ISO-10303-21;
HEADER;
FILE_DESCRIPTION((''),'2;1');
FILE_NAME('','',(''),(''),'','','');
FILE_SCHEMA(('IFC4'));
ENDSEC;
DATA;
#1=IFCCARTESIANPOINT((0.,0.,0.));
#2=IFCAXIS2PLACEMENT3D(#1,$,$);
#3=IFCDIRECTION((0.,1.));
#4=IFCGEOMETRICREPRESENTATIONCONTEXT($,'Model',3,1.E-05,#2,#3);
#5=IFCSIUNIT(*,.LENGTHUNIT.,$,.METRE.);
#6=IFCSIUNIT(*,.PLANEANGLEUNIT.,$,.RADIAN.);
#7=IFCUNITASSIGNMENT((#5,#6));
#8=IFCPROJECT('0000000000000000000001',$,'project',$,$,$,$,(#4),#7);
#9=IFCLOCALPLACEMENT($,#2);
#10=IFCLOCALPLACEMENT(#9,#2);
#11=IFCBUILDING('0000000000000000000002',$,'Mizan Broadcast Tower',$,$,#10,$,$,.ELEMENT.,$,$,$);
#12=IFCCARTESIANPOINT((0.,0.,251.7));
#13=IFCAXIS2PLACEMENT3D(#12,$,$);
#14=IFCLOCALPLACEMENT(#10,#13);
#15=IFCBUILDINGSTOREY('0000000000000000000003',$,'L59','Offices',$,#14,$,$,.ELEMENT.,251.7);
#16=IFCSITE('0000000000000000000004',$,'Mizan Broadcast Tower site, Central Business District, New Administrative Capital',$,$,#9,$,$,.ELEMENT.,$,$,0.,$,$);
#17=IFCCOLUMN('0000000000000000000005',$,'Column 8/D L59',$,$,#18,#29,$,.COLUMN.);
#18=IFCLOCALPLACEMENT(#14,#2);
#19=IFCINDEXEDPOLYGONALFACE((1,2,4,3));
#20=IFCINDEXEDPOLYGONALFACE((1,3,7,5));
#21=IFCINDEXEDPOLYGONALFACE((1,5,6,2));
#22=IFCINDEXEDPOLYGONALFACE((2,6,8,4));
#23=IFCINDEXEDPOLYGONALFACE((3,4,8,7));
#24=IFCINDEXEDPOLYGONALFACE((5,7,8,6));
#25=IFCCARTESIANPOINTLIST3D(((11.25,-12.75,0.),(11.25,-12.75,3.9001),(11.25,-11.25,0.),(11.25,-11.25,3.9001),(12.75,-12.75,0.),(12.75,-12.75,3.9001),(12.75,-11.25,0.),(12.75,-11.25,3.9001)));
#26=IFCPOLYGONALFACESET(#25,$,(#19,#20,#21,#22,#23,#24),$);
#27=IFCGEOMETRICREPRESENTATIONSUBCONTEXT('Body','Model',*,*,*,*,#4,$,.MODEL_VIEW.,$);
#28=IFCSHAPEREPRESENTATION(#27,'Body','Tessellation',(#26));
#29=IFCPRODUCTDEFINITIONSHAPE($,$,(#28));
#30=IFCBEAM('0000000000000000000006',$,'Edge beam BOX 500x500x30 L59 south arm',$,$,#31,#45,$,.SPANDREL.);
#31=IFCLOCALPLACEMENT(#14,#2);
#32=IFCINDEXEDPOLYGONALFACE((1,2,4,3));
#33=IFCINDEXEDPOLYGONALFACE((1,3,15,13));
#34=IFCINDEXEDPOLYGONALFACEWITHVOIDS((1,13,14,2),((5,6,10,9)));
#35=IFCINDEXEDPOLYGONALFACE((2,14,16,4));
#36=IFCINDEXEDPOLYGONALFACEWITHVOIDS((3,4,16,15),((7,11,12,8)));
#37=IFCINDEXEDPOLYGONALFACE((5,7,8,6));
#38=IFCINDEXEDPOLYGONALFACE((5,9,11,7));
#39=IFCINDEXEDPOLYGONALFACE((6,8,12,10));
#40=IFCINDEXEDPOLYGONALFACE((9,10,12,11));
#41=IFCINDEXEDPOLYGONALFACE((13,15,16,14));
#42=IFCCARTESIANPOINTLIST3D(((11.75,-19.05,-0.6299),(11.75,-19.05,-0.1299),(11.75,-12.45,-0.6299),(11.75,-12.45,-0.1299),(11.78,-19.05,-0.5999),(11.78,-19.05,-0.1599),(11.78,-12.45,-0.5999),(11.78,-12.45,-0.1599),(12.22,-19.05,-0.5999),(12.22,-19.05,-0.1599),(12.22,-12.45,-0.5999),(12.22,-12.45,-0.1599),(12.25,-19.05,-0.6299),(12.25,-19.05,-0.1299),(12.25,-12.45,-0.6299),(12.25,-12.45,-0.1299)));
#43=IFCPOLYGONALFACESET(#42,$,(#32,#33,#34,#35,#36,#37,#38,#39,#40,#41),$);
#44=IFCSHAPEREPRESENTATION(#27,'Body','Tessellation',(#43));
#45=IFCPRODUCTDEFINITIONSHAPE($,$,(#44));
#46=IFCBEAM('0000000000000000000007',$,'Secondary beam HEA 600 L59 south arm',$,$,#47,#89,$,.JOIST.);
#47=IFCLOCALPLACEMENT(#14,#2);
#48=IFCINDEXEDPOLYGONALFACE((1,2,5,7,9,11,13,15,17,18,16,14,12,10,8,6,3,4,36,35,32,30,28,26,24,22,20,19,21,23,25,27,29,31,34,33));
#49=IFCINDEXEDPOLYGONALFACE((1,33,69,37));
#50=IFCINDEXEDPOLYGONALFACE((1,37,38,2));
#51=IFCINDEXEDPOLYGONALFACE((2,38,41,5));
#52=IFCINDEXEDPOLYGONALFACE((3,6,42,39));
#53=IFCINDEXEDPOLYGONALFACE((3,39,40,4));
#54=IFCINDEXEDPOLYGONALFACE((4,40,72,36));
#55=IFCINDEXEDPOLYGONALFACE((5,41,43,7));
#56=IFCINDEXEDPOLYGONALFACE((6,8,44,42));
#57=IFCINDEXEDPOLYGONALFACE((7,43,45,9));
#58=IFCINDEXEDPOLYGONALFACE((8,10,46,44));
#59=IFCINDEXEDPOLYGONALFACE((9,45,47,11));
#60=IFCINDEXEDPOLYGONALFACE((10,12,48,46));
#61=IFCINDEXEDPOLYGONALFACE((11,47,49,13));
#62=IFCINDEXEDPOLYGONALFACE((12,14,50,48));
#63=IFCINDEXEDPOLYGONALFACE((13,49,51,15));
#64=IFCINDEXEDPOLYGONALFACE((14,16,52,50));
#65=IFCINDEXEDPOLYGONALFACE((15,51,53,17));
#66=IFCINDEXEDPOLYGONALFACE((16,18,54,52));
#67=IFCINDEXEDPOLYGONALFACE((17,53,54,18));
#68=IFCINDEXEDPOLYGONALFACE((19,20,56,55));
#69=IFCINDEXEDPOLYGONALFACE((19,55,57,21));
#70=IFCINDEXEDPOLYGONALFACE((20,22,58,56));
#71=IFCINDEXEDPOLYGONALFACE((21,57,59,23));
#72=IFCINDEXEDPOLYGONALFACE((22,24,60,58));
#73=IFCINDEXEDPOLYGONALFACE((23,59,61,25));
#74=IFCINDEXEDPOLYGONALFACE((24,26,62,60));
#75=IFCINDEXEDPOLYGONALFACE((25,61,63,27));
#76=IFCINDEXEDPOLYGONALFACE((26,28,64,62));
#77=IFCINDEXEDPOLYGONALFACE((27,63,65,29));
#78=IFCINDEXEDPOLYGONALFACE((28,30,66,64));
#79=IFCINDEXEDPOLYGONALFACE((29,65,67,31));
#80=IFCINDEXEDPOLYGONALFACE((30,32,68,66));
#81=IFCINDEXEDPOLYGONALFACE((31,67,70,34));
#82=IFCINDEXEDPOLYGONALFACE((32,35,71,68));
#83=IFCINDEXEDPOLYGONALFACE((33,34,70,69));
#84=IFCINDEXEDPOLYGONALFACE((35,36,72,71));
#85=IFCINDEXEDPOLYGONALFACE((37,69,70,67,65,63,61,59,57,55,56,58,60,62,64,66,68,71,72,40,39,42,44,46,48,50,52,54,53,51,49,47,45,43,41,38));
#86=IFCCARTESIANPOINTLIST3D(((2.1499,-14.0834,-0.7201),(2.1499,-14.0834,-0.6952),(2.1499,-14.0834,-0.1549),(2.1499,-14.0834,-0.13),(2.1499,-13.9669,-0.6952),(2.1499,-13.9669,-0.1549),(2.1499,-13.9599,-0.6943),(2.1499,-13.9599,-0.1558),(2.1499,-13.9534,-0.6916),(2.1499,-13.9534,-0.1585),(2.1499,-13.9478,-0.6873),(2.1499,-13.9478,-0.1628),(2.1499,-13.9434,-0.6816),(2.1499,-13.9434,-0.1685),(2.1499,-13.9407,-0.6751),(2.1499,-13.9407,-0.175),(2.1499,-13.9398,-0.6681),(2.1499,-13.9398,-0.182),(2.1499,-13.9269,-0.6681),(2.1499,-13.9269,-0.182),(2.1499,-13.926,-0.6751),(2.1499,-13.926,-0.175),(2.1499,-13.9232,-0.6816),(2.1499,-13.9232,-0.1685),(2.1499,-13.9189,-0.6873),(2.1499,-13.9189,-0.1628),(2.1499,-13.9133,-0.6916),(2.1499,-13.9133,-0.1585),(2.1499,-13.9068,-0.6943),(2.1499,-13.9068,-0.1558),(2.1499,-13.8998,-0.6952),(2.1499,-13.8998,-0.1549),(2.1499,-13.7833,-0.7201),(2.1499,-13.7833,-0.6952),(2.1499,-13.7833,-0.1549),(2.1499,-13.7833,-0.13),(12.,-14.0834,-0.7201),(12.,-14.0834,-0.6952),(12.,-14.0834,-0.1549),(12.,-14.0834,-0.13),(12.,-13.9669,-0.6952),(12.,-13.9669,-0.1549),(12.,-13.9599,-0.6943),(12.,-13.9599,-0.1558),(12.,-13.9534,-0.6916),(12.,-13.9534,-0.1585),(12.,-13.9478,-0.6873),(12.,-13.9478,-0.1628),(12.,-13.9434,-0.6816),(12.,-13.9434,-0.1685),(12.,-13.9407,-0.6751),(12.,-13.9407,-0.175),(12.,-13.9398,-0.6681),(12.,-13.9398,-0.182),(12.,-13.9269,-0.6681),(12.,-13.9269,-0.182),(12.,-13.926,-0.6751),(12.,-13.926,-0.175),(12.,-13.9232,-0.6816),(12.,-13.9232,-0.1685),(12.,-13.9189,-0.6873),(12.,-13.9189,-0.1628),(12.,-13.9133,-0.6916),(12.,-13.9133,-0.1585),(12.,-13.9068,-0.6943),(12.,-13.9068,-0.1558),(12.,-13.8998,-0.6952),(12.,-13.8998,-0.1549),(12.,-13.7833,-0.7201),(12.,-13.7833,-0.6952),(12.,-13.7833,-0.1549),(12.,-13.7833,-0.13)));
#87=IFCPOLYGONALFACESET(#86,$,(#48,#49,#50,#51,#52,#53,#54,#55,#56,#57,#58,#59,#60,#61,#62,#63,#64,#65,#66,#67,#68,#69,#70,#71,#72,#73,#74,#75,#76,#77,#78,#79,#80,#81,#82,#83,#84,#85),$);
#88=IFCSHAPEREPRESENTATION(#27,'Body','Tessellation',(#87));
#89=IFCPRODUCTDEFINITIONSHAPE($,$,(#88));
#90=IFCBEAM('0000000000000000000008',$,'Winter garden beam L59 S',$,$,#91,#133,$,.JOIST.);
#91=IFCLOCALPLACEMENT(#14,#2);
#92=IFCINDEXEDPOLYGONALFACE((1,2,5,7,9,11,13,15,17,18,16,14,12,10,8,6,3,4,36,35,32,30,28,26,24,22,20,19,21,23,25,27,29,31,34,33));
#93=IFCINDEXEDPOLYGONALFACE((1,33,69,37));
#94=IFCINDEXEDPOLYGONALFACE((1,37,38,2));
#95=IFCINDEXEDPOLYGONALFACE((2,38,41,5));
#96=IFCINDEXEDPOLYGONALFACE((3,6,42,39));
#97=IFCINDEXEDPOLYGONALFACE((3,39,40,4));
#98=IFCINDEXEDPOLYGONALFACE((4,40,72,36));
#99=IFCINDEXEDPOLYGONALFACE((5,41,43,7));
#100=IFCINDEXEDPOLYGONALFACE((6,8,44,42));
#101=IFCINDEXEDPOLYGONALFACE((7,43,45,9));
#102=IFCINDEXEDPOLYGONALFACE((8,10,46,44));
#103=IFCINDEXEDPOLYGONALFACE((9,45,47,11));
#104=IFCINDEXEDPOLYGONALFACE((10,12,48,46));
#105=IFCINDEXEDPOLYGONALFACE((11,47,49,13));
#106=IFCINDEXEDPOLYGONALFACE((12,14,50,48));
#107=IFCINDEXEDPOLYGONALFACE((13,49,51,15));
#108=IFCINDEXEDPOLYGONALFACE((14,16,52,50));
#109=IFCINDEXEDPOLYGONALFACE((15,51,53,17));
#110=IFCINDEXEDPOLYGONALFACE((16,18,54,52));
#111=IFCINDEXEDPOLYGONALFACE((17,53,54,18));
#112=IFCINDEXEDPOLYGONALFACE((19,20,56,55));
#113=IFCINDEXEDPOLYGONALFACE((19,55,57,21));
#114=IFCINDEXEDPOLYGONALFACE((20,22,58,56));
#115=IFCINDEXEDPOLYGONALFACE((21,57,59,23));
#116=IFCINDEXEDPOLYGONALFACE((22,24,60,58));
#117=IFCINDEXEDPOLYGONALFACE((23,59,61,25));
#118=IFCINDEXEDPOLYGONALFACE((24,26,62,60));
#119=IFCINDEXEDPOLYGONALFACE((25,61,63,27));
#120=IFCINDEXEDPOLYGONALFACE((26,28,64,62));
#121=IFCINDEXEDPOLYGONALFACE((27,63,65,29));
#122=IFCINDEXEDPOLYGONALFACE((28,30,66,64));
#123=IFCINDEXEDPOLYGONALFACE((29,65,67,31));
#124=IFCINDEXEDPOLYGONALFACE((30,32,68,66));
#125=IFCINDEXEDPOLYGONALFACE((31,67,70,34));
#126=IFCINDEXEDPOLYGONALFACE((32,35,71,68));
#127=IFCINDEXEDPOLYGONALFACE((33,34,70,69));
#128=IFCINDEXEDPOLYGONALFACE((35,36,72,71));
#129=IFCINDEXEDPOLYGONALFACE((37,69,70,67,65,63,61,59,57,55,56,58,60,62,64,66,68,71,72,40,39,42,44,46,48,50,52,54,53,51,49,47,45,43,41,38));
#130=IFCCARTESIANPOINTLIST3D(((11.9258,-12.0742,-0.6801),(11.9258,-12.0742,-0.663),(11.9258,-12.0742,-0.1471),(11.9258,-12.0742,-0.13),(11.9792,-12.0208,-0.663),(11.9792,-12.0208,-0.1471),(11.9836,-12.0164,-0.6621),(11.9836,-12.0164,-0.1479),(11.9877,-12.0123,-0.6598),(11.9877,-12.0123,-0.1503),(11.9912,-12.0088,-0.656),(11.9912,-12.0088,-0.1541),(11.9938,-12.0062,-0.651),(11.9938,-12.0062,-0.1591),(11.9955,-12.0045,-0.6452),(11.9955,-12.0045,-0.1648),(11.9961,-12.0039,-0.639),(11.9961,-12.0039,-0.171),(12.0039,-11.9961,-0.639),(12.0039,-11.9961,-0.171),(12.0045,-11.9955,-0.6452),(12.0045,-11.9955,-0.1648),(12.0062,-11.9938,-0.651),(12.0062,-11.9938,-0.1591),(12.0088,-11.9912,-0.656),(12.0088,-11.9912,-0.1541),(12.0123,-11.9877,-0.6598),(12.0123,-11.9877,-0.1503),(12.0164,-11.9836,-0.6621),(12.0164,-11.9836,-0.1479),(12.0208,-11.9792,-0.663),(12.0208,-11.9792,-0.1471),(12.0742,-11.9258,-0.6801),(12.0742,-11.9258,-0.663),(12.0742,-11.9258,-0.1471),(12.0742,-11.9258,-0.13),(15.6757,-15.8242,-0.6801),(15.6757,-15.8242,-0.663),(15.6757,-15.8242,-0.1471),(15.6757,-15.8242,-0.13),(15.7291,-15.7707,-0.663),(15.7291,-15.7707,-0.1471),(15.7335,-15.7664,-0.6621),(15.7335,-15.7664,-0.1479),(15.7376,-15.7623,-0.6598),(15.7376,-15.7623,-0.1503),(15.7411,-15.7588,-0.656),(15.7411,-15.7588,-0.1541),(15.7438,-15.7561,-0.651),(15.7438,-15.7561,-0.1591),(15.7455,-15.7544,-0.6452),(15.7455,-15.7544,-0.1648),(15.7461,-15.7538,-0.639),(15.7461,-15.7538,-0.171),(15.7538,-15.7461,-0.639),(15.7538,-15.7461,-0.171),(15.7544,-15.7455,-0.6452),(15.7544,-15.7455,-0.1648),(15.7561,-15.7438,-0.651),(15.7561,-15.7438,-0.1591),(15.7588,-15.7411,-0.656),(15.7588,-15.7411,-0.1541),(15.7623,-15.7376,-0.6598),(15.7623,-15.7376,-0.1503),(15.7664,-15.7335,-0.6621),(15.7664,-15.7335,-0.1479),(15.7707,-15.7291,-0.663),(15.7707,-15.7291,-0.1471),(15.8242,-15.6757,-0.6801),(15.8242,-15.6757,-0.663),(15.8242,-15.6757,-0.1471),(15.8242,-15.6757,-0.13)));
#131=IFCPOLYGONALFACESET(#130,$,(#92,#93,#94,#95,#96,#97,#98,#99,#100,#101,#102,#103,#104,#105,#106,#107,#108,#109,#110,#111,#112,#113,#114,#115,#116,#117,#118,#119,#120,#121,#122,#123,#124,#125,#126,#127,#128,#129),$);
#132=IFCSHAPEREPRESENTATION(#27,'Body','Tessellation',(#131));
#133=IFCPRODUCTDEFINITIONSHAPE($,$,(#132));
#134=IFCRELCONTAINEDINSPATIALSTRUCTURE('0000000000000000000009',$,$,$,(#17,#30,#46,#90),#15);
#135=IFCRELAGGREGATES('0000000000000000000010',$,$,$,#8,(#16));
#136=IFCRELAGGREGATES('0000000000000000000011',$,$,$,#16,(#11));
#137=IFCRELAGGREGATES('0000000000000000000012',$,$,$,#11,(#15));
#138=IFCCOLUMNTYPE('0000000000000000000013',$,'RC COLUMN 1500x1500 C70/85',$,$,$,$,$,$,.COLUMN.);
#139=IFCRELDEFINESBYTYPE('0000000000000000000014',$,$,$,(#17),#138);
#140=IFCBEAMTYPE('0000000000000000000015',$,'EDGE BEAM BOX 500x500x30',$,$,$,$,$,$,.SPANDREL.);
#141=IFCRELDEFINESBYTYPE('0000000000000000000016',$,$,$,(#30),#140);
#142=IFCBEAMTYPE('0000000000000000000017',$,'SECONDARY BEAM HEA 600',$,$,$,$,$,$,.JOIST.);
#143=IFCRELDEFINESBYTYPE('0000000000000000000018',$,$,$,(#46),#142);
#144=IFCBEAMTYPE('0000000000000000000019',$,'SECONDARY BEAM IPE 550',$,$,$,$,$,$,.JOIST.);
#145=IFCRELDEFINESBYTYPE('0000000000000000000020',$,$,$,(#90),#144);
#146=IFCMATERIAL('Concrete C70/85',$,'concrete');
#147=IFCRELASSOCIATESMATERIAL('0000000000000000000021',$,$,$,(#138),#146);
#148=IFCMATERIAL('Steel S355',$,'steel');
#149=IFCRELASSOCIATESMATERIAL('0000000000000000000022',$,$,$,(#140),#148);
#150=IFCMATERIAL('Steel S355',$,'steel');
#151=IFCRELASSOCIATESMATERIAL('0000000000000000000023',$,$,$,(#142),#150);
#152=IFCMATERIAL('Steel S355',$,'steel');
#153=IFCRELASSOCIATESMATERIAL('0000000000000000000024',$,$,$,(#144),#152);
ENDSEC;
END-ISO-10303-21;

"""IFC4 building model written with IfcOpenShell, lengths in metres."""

from ifc_helpers import new_model, si_unit, direction, frame, origin, origin_2d, place, context, subcontext, project, spatial, rectangle, hollow_rectangle, i_section, extrude, material, material_profile, profile_set, type_object, element, save


model = new_model("IFC4")

# Units and contexts
model_context = context("Model", 3, precision=1e-05, world=origin(), true_north=direction((0.0, 1.0)))
body_context = subcontext(model_context, "Body", "Model", "MODEL_VIEW")
ifc_project = project(units=[si_unit("LENGTHUNIT", "METRE"), si_unit("PLANEANGLEUNIT", "RADIAN")], contexts=[model_context])

# Site, building, storey
site_placement = place(None, origin())
site = spatial("IfcSite", under=ifc_project, at=site_placement, Name="Mizan Broadcast Tower site, Central Business District, New Administrative Capital", CompositionType="ELEMENT", RefElevation=0.0)
building_placement = place(site_placement, origin())
building = spatial("IfcBuilding", under=site, at=building_placement, Name="Mizan Broadcast Tower", CompositionType="ELEMENT")
storey_placement = place(building_placement, frame((0.0, 0.0, 251.7)))
storey = spatial("IfcBuildingStorey", under=building, at=storey_placement, Name="L59", Description="Offices", CompositionType="ELEMENT", Elevation=251.7)

# Column
ifc_material_1 = material(Name="Concrete C70/85", Category="concrete")
ifc_material_profile_1 = material_profile(ifc_material_1, rectangle(XDim=1.5, YDim=1.5, at=origin_2d()), Name="RC 1500x1500")
ifc_profile_set_1 = profile_set([ifc_material_profile_1], Name="Concrete C70/85")
column_type = type_object("IfcColumnType", Name="RC COLUMN 1500x1500 C70/85", PredefinedType="COLUMN", material=ifc_profile_set_1)
column_placement = place(storey_placement, frame((12.0, -12.0, 0.0), z_axis=(0.0, 0.0, 1.0), x_axis=(1.0, 0.0, 0.0)))
element("IfcColumn", 1, at=column_placement, inside=storey, type_object=column_type, Name="Column 8/D L59", PredefinedType="COLUMN", context=body_context, shape_type="SweptSolid", body=[
    extrude(rectangle(XDim=1.5, YDim=1.5, at=origin_2d()), origin(), (0.0, 0.0, 1.0), 3.9001),
])

# Beams
ifc_material_2 = material(Name="Steel S355", Category="steel")
ifc_material_profile_2 = material_profile(ifc_material_2, hollow_rectangle(XDim=0.5, YDim=0.5, WallThickness=0.03, at=origin_2d()), Name="BOX 500x500x30")
ifc_profile_set_2 = profile_set([ifc_material_profile_2], Name="Steel S355")
beam_type_1 = type_object("IfcBeamType", Name="EDGE BEAM BOX 500x500x30", PredefinedType="SPANDREL", material=ifc_profile_set_2)
beam_1_placement = place(storey_placement, frame((12.0, -12.45, -0.3799), z_axis=(0.0, -1.0, 0.0), x_axis=(1.0, 0.0, 0.0)))
element("IfcBeam", 2, at=beam_1_placement, inside=storey, type_object=beam_type_1, Name="Edge beam BOX 500x500x30 L59 south arm", PredefinedType="SPANDREL", context=body_context, shape_type="SweptSolid", body=[
    extrude(hollow_rectangle(XDim=0.5, YDim=0.5, WallThickness=0.03, at=origin_2d()), origin(), (0.0, 0.0, 1.0), 6.6001),
])
ifc_material_3 = material(Name="Steel S355", Category="steel")
ifc_material_profile_3 = material_profile(ifc_material_3, i_section(OverallWidth=0.3, OverallDepth=0.5901, WebThickness=0.0129, FlangeThickness=0.0249, FilletRadius=0.0271, at=origin_2d()), Name="HEA 600")
ifc_profile_set_3 = profile_set([ifc_material_profile_3], Name="Steel S355")
beam_type_2 = type_object("IfcBeamType", Name="SECONDARY BEAM HEA 600", PredefinedType="JOIST", material=ifc_profile_set_3)
beam_2_placement = place(storey_placement, frame((12.0, -13.9333, -0.425), z_axis=(-1.0, 0.0, 0.0), x_axis=(0.0, -1.0, 0.0)))
element("IfcBeam", 3, at=beam_2_placement, inside=storey, type_object=beam_type_2, Name="Secondary beam HEA 600 L59 south arm", PredefinedType="JOIST", context=body_context, shape_type="SweptSolid", body=[
    extrude(i_section(OverallWidth=0.3, OverallDepth=0.5901, WebThickness=0.0129, FlangeThickness=0.0249, FilletRadius=0.0271, at=origin_2d()), origin(), (0.0, 0.0, 1.0), 9.8501),
])
ifc_material_4 = material(Name="Steel S355", Category="steel")
ifc_material_profile_4 = material_profile(ifc_material_4, i_section(OverallWidth=0.21, OverallDepth=0.55, WebThickness=0.011, FlangeThickness=0.0171, FilletRadius=0.0239, at=origin_2d()), Name="IPE 550")
ifc_profile_set_4 = profile_set([ifc_material_profile_4], Name="Steel S355")
beam_type_3 = type_object("IfcBeamType", Name="SECONDARY BEAM IPE 550", PredefinedType="JOIST", material=ifc_profile_set_4)
beam_3_placement = place(storey_placement, frame((12.0, -12.0, -0.405), z_axis=(0.707107, -0.707107, 0.0), x_axis=(0.707107, 0.707107, 0.0)))
element("IfcBeam", 4, at=beam_3_placement, inside=storey, type_object=beam_type_3, Name="Winter garden beam L59 S", PredefinedType="JOIST", context=body_context, shape_type="SweptSolid", body=[
    extrude(i_section(OverallWidth=0.21, OverallDepth=0.55, WebThickness=0.011, FlangeThickness=0.0171, FilletRadius=0.0239, at=origin_2d()), origin(), (0.0, 0.0, 1.0), 5.3032),
])

save(model, "model.ifc")
